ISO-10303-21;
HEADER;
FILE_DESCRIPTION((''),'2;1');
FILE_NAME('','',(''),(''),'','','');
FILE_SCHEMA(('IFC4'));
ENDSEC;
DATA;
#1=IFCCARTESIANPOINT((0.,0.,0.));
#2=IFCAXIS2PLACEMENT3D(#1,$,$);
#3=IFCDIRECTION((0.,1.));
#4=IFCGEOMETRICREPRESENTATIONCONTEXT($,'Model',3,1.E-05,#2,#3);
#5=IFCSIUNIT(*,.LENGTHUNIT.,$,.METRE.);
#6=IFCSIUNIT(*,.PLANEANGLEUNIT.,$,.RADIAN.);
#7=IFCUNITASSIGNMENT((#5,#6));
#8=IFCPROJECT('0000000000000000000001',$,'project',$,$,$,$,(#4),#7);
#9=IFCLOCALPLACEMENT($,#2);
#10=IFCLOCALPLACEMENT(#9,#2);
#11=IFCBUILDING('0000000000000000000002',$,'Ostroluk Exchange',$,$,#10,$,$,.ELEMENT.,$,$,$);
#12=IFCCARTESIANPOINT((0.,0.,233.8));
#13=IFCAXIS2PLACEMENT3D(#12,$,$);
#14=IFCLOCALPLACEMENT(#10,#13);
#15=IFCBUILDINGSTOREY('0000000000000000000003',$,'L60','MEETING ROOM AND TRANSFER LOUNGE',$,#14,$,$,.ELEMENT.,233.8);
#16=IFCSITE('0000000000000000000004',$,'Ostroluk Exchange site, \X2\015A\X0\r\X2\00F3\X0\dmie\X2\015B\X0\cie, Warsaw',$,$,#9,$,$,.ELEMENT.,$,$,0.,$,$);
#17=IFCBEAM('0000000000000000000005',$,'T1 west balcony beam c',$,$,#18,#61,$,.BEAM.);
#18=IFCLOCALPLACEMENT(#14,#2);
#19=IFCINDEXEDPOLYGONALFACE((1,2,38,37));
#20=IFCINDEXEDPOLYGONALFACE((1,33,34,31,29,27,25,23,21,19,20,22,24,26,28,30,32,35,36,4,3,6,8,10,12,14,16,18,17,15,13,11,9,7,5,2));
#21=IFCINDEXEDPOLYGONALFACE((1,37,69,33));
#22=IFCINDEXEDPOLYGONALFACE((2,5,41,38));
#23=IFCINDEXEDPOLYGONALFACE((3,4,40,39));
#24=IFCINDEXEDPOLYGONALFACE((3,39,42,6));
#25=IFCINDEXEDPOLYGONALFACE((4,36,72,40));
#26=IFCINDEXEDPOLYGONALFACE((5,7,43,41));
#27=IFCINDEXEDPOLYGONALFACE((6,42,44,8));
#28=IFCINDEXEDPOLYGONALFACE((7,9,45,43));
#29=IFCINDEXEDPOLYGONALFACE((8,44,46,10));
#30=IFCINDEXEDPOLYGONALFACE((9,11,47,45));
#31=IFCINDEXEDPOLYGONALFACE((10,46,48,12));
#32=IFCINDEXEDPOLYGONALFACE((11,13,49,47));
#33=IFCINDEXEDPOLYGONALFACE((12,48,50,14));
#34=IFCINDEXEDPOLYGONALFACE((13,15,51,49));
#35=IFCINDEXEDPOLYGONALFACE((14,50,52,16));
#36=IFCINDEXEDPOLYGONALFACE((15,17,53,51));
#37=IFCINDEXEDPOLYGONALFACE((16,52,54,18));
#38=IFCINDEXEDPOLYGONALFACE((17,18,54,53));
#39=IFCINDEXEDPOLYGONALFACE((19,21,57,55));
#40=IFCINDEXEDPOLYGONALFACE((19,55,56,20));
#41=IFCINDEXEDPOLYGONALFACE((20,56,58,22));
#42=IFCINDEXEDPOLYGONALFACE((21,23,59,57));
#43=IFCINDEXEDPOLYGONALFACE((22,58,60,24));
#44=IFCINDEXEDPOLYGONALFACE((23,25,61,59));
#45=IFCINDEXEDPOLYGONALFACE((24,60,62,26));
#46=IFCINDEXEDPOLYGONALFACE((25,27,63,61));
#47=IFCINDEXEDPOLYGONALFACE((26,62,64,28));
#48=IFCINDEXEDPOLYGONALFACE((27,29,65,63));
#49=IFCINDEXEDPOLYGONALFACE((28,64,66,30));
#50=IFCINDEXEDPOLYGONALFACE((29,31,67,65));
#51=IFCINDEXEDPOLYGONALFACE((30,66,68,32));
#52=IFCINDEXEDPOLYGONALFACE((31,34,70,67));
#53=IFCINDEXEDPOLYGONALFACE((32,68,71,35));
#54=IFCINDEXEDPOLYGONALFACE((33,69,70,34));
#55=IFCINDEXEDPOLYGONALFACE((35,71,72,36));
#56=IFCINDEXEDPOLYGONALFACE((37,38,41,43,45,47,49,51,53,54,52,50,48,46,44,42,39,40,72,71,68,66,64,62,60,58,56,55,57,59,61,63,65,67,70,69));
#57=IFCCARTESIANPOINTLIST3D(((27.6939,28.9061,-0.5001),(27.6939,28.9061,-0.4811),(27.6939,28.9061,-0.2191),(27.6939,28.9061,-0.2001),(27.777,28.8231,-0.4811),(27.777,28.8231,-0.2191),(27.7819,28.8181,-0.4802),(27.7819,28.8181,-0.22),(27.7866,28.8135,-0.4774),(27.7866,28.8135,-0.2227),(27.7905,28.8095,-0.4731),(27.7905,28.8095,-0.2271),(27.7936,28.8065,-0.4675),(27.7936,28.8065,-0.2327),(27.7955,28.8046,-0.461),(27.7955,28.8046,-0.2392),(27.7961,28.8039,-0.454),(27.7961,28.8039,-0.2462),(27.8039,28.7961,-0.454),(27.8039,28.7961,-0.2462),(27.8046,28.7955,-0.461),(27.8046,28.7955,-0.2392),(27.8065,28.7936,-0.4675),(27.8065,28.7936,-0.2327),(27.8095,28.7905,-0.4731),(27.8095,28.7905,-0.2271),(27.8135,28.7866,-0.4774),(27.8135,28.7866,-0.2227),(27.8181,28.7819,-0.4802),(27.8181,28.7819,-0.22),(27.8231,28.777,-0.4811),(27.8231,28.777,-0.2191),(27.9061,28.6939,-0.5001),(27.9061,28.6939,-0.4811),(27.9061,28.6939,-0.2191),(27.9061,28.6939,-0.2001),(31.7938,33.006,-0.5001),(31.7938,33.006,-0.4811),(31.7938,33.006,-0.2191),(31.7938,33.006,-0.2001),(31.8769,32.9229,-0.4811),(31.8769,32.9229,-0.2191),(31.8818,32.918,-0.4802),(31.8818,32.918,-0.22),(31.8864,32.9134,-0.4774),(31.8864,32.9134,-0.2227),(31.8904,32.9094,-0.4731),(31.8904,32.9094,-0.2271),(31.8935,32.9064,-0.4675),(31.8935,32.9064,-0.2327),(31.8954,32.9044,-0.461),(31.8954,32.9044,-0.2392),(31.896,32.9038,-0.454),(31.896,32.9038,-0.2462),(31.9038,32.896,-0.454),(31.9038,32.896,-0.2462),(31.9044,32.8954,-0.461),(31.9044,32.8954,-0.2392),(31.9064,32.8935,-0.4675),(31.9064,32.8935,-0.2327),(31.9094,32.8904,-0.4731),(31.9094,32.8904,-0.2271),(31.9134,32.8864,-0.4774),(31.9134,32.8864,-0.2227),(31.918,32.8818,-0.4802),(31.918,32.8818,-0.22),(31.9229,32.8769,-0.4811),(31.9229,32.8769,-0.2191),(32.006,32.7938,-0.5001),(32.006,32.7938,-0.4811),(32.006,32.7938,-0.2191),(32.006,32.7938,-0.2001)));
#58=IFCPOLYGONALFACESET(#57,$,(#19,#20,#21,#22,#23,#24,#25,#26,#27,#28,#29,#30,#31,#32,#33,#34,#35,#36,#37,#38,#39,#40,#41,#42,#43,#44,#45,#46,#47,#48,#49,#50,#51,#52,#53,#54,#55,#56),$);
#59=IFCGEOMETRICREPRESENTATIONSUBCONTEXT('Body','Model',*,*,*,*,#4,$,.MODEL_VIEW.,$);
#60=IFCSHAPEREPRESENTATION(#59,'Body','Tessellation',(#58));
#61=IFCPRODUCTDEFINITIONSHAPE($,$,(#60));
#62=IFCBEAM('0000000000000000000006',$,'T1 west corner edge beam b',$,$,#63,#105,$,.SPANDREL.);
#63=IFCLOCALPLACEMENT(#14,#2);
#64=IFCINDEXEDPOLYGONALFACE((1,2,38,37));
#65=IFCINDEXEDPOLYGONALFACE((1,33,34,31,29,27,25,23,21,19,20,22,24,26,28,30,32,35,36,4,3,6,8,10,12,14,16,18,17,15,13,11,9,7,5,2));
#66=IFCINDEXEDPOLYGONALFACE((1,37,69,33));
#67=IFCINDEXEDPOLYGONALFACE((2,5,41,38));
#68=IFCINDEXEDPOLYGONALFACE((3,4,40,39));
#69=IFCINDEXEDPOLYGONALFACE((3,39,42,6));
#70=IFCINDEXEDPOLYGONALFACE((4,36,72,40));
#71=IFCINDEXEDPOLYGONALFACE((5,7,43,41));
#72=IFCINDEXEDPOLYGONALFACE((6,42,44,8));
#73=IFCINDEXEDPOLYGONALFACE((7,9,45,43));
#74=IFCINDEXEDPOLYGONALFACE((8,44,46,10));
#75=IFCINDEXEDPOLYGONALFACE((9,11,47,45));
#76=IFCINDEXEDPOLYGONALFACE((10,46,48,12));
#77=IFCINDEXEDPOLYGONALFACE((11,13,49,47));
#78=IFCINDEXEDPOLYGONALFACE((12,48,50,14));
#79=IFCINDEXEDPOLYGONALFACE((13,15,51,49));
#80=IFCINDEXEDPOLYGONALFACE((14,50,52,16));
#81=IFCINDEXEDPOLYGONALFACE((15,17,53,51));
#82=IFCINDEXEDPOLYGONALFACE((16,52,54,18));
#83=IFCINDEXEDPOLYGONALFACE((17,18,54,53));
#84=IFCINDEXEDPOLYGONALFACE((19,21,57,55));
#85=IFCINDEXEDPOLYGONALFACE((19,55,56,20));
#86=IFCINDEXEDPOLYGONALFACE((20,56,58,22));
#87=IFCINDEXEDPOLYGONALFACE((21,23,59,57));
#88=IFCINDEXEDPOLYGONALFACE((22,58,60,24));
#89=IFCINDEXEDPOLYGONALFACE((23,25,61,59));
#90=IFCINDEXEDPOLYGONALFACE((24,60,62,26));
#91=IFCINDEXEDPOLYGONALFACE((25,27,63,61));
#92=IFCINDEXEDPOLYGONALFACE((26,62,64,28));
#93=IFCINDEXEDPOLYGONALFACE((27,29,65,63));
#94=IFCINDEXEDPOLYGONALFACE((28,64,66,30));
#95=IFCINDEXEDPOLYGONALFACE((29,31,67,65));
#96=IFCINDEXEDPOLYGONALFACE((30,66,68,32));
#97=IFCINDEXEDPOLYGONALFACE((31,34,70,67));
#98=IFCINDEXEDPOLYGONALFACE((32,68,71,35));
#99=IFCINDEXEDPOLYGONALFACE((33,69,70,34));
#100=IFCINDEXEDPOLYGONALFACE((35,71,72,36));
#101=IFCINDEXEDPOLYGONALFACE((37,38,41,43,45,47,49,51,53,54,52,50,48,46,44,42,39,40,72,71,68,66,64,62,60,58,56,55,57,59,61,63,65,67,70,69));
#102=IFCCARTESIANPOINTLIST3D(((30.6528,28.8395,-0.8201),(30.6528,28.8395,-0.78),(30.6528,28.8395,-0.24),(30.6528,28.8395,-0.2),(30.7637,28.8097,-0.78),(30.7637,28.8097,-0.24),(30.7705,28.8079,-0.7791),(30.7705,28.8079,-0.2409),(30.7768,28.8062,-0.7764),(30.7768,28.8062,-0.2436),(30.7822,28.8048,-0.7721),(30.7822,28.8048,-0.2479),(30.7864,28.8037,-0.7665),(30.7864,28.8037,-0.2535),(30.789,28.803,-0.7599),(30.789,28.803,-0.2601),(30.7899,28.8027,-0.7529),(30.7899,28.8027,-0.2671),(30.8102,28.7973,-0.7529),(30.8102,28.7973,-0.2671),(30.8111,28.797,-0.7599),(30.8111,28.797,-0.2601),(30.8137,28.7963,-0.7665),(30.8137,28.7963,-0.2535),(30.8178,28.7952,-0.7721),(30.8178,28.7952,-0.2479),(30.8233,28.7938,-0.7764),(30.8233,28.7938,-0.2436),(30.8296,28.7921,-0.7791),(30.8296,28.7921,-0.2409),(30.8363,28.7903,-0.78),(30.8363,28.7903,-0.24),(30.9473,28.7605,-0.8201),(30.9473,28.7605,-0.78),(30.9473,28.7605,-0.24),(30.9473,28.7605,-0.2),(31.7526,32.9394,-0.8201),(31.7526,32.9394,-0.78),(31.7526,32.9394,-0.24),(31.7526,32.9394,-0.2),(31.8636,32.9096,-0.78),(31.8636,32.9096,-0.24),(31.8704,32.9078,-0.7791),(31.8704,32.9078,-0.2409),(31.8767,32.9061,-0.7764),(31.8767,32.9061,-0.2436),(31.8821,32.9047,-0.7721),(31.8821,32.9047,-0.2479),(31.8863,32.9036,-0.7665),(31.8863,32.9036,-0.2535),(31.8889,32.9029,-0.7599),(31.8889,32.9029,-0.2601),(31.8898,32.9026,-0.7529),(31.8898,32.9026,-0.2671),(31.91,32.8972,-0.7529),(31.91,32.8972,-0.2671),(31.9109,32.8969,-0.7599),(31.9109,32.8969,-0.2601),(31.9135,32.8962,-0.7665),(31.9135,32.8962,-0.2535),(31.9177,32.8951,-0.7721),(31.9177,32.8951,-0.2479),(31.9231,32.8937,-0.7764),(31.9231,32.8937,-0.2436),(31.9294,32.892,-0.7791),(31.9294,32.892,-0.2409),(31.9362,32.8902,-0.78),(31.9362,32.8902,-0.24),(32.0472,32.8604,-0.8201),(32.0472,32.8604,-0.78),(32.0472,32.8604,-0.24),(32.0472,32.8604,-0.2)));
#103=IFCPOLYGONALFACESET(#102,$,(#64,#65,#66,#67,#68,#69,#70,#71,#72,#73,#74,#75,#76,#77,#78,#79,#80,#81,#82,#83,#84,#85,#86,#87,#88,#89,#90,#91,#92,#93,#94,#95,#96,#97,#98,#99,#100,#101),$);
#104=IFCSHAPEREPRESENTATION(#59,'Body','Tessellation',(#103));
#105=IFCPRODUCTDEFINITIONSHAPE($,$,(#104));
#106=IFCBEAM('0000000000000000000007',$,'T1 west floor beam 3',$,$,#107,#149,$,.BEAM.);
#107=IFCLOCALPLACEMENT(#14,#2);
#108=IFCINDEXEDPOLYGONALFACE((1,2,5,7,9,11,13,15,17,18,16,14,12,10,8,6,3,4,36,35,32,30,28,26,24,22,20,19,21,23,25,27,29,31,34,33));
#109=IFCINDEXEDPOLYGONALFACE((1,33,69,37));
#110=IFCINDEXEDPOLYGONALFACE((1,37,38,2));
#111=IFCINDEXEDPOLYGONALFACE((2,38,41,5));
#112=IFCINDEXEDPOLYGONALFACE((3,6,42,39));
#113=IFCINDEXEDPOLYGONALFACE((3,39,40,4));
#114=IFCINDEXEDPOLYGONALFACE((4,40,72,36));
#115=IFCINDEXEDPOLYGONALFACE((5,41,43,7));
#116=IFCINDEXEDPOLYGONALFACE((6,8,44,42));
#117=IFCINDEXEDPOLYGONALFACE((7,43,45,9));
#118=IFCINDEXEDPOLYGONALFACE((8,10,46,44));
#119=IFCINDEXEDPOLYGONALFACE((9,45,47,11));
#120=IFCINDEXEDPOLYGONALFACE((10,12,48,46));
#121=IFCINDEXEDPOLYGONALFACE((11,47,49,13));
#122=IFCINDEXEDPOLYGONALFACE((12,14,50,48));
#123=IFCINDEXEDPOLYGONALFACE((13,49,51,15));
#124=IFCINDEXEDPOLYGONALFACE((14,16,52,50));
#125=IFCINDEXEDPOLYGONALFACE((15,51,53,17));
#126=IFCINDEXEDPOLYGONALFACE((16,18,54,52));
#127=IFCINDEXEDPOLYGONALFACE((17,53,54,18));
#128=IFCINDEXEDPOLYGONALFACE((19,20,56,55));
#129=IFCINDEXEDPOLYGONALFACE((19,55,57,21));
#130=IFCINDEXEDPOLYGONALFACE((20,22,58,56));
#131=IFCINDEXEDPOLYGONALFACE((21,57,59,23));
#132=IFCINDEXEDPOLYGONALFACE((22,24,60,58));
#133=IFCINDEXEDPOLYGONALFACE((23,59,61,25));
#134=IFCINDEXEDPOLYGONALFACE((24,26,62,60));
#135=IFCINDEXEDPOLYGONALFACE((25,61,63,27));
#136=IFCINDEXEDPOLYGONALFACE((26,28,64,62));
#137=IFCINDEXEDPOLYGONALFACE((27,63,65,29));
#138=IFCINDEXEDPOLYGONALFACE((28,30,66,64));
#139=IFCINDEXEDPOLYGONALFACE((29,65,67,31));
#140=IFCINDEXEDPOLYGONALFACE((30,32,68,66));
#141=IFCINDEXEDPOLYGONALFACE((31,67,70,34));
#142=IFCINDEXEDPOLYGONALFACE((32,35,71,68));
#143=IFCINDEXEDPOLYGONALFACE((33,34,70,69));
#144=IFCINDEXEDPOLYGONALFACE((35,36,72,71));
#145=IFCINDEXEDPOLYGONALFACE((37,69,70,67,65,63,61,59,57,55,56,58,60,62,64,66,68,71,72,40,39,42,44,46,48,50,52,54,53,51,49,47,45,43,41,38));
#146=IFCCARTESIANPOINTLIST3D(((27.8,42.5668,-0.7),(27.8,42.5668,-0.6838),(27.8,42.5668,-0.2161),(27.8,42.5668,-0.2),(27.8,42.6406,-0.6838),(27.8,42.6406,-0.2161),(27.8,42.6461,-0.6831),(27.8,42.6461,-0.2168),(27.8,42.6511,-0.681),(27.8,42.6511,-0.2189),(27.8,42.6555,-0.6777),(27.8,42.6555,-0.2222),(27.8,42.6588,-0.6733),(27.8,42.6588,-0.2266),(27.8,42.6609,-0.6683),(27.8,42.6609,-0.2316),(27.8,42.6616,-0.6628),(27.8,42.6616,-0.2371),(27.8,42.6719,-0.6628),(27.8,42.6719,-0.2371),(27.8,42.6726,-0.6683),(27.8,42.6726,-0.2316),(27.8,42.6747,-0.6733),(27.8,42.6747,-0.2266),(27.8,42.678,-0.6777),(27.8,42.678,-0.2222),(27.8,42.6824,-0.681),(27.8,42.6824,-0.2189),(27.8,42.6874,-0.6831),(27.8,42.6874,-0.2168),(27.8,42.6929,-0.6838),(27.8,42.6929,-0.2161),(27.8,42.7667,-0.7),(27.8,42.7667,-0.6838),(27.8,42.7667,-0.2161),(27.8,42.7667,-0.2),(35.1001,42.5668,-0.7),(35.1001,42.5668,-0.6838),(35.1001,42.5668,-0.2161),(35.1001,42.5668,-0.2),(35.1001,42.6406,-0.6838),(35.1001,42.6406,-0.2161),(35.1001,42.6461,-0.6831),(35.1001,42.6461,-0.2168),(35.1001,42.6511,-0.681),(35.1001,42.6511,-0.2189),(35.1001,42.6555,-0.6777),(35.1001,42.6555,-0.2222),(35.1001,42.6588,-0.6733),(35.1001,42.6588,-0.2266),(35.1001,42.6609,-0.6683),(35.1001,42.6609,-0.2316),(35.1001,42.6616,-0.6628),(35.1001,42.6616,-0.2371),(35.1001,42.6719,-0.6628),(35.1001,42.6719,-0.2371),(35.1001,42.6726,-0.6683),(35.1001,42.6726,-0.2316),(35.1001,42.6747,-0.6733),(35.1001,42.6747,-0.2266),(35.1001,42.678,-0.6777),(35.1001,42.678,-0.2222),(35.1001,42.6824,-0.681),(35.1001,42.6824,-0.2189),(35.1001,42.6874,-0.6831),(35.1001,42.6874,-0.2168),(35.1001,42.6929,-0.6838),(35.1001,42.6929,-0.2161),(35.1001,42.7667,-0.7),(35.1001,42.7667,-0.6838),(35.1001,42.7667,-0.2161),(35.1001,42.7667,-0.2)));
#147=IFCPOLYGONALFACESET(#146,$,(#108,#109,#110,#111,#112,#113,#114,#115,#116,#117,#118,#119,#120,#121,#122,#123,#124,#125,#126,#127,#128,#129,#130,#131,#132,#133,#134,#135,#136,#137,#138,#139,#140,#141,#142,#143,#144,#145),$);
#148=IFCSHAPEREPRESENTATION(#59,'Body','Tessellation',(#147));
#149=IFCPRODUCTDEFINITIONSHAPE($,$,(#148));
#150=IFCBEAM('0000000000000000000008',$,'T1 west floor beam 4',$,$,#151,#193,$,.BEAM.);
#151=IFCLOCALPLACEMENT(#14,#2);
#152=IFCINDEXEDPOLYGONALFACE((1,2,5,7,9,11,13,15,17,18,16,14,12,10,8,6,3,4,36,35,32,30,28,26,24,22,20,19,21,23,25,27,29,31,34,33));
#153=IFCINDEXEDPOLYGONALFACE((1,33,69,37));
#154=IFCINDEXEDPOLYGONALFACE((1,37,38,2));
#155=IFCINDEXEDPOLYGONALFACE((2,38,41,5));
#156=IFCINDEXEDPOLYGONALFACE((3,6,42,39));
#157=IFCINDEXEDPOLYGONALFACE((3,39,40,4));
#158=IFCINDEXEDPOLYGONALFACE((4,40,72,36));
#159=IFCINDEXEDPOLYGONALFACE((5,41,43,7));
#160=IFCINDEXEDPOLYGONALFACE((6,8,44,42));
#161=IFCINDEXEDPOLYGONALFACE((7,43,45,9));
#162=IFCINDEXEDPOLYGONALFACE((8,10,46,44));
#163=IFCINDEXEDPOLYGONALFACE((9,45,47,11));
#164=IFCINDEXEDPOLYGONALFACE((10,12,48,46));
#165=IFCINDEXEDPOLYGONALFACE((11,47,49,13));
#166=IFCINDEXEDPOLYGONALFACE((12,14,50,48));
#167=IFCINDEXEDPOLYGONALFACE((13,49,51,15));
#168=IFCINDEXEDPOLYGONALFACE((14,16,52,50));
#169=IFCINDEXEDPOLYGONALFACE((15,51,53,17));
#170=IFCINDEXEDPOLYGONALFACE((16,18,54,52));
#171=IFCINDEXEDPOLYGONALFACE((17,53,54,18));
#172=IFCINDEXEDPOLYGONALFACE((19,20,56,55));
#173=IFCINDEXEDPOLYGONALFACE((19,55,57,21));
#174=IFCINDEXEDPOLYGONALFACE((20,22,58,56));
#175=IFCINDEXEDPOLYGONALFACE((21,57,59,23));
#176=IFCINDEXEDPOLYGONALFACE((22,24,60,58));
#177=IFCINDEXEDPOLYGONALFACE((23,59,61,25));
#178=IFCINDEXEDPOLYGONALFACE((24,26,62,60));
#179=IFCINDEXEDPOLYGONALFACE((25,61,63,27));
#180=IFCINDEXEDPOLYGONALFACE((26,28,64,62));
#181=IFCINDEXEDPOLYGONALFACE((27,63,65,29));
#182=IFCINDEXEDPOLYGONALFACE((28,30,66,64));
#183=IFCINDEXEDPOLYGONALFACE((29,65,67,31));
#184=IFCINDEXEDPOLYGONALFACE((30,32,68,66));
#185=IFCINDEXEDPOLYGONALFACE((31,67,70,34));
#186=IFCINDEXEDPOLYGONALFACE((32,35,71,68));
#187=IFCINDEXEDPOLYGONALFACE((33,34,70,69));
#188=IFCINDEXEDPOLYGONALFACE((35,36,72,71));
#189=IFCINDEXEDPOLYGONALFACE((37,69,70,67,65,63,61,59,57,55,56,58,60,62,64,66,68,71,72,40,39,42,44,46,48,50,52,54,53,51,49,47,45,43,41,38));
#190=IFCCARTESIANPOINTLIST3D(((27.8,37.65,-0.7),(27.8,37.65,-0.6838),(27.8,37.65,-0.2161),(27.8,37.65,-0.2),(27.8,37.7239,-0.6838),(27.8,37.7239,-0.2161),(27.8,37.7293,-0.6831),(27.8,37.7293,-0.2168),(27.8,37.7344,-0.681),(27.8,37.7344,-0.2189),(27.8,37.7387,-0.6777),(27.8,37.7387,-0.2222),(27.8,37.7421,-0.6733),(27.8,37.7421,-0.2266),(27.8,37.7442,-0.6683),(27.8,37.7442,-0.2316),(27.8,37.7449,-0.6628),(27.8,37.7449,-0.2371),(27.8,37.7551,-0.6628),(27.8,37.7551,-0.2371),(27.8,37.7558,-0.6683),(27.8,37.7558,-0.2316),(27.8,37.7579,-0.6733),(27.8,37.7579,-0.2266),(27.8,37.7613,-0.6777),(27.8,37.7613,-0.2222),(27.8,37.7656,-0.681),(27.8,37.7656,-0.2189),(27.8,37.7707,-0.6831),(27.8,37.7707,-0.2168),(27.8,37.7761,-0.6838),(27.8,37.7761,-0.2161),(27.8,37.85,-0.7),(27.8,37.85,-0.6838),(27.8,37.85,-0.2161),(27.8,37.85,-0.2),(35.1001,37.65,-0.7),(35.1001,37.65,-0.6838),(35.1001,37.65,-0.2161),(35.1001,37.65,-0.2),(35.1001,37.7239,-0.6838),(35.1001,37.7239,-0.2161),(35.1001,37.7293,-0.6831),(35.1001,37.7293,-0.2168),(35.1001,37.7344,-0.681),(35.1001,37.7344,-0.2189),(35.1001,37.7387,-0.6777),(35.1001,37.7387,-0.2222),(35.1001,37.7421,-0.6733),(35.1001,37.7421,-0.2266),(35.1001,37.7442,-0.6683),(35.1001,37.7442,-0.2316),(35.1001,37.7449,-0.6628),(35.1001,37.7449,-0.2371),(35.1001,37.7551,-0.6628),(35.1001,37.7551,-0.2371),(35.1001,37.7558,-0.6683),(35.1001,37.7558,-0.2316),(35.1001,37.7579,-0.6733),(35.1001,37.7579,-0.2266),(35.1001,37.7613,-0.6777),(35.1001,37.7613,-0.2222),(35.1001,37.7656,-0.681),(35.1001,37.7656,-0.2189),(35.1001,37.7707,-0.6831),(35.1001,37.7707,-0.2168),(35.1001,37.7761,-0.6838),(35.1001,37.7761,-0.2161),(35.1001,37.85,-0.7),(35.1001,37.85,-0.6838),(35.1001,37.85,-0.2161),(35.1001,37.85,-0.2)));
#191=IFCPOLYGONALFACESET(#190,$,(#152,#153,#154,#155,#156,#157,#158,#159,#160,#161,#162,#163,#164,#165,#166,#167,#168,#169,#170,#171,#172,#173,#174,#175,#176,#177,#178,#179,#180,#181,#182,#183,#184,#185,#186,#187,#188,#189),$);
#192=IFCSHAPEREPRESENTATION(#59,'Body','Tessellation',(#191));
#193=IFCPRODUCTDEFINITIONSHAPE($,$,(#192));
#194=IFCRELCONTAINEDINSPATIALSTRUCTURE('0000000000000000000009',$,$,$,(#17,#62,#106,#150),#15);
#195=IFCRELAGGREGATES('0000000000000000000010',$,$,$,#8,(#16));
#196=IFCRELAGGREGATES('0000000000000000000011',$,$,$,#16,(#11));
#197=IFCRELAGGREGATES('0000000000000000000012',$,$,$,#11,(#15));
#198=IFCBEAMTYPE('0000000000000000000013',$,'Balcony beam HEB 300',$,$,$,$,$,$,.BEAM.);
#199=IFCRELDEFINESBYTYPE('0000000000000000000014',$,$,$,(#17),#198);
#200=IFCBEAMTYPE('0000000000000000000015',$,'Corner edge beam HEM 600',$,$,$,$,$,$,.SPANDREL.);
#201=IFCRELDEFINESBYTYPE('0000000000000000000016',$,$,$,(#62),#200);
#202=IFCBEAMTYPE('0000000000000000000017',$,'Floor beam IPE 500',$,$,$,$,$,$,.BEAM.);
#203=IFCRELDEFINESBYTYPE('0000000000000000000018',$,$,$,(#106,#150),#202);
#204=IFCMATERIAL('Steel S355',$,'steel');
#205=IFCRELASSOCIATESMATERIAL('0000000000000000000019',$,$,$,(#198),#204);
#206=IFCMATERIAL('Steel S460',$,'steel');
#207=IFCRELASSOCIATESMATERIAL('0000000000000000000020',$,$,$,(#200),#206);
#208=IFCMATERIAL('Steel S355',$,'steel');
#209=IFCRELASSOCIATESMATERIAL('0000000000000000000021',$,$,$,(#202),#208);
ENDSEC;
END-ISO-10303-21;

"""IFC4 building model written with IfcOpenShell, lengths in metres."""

from ifc_helpers import new_model, si_unit, direction, frame, origin, origin_2d, place, context, subcontext, project, spatial, i_section, extrude, material, material_profile, profile_set, type_object, element, save


model = new_model("IFC4")

# Units and contexts
model_context = context("Model", 3, precision=1e-05, world=origin(), true_north=direction((0.0, 1.0)))
body_context = subcontext(model_context, "Body", "Model", "MODEL_VIEW")
ifc_project = project(units=[si_unit("LENGTHUNIT", "METRE"), si_unit("PLANEANGLEUNIT", "RADIAN")], contexts=[model_context])

# Site, building, storey
site_placement = place(None, origin())
site = spatial("IfcSite", under=ifc_project, at=site_placement, Name="Ostroluk Exchange site, Śródmieście, Warsaw", CompositionType="ELEMENT", RefElevation=0.0)
building_placement = place(site_placement, origin())
building = spatial("IfcBuilding", under=site, at=building_placement, Name="Ostroluk Exchange", CompositionType="ELEMENT")
storey_placement = place(building_placement, frame((0.0, 0.0, 233.8)))
storey = spatial("IfcBuildingStorey", under=building, at=storey_placement, Name="L60", Description="MEETING ROOM AND TRANSFER LOUNGE", CompositionType="ELEMENT", Elevation=233.8)

# Beams
ifc_material_1 = material(Name="Steel S355", Category="steel")
ifc_material_profile_1 = material_profile(ifc_material_1, i_section(OverallWidth=0.3, OverallDepth=0.3, WebThickness=0.011, FlangeThickness=0.019, FilletRadius=0.0271, at=origin_2d()), Name="HEB 300")
ifc_profile_set_1 = profile_set([ifc_material_profile_1], Name="Steel S355")
beam_type_1 = type_object("IfcBeamType", Name="Balcony beam HEB 300", PredefinedType="BEAM", material=ifc_profile_set_1)
beam_1_placement = place(storey_placement, frame((31.8999, 32.8999, -0.3501), z_axis=(-0.707107, -0.707107, 0.0), x_axis=(0.707107, -0.707107, 0.0)))
element("IfcBeam", 1, at=beam_1_placement, inside=storey, type_object=beam_type_1, Name="T1 west balcony beam c", PredefinedType="BEAM", context=body_context, shape_type="SweptSolid", body=[
    extrude(i_section(OverallWidth=0.3, OverallDepth=0.3, WebThickness=0.011, FlangeThickness=0.019, FilletRadius=0.0271, at=origin_2d()), origin(), (0.0, 0.0, 1.0), 5.7981),
])
ifc_material_2 = material(Name="Steel S460", Category="steel")
ifc_material_profile_2 = material_profile(ifc_material_2, i_section(OverallWidth=0.3049, OverallDepth=0.6201, WebThickness=0.021, FlangeThickness=0.04, FilletRadius=0.0271, at=origin_2d()), Name="HEM 600")
ifc_profile_set_2 = profile_set([ifc_material_profile_2], Name="Steel S460")
beam_type_2 = type_object("IfcBeamType", Name="Corner edge beam HEM 600", PredefinedType="SPANDREL", material=ifc_profile_set_2)
beam_2_placement = place(storey_placement, frame((31.8999, 32.8999, -0.51), z_axis=(-0.259105, -0.965849, 0.0), x_axis=(0.965849, -0.259105, 0.0)))
element("IfcBeam", 2, at=beam_2_placement, inside=storey, type_object=beam_type_2, Name="T1 west corner edge beam b", PredefinedType="SPANDREL", context=body_context, shape_type="SweptSolid", body=[
    extrude(i_section(OverallWidth=0.3049, OverallDepth=0.6201, WebThickness=0.021, FlangeThickness=0.04, FilletRadius=0.0271, at=origin_2d()), origin(), (0.0, 0.0, 1.0), 4.2449),
])
ifc_material_3 = material(Name="Steel S355", Category="steel")
ifc_material_profile_3 = material_profile(ifc_material_3, i_section(OverallWidth=0.2, OverallDepth=0.5, WebThickness=0.0103, FlangeThickness=0.0161, FilletRadius=0.021, at=origin_2d()), Name="IPE 500")
ifc_profile_set_3 = profile_set([ifc_material_profile_3], Name="Steel S355")
beam_type_3 = type_object("IfcBeamType", Name="Floor beam IPE 500", PredefinedType="BEAM", material=ifc_profile_set_3)
for number, where, z_axis, x_axis, name in (
    (3, (35.1001, 42.6667, -0.45), (-1.0, 0.0, 0.0), (0.0, -1.0, 0.0), "T1 west floor beam 3"),
    (4, (35.1001, 37.75, -0.45), (-1.0, 0.0, 0.0), (0.0, -1.0, 0.0), "T1 west floor beam 4"),
):
    element("IfcBeam", number, at=place(storey_placement, frame(where, z_axis=z_axis, x_axis=x_axis)), inside=storey, type_object=beam_type_3, Name=name, PredefinedType="BEAM", context=body_context, shape_type="SweptSolid", body=[
        extrude(i_section(OverallWidth=0.2, OverallDepth=0.5, WebThickness=0.0103, FlangeThickness=0.0161, FilletRadius=0.021, at=origin_2d()), origin(), (0.0, 0.0, 1.0), 7.3),
    ])

save(model, "model.ifc")
